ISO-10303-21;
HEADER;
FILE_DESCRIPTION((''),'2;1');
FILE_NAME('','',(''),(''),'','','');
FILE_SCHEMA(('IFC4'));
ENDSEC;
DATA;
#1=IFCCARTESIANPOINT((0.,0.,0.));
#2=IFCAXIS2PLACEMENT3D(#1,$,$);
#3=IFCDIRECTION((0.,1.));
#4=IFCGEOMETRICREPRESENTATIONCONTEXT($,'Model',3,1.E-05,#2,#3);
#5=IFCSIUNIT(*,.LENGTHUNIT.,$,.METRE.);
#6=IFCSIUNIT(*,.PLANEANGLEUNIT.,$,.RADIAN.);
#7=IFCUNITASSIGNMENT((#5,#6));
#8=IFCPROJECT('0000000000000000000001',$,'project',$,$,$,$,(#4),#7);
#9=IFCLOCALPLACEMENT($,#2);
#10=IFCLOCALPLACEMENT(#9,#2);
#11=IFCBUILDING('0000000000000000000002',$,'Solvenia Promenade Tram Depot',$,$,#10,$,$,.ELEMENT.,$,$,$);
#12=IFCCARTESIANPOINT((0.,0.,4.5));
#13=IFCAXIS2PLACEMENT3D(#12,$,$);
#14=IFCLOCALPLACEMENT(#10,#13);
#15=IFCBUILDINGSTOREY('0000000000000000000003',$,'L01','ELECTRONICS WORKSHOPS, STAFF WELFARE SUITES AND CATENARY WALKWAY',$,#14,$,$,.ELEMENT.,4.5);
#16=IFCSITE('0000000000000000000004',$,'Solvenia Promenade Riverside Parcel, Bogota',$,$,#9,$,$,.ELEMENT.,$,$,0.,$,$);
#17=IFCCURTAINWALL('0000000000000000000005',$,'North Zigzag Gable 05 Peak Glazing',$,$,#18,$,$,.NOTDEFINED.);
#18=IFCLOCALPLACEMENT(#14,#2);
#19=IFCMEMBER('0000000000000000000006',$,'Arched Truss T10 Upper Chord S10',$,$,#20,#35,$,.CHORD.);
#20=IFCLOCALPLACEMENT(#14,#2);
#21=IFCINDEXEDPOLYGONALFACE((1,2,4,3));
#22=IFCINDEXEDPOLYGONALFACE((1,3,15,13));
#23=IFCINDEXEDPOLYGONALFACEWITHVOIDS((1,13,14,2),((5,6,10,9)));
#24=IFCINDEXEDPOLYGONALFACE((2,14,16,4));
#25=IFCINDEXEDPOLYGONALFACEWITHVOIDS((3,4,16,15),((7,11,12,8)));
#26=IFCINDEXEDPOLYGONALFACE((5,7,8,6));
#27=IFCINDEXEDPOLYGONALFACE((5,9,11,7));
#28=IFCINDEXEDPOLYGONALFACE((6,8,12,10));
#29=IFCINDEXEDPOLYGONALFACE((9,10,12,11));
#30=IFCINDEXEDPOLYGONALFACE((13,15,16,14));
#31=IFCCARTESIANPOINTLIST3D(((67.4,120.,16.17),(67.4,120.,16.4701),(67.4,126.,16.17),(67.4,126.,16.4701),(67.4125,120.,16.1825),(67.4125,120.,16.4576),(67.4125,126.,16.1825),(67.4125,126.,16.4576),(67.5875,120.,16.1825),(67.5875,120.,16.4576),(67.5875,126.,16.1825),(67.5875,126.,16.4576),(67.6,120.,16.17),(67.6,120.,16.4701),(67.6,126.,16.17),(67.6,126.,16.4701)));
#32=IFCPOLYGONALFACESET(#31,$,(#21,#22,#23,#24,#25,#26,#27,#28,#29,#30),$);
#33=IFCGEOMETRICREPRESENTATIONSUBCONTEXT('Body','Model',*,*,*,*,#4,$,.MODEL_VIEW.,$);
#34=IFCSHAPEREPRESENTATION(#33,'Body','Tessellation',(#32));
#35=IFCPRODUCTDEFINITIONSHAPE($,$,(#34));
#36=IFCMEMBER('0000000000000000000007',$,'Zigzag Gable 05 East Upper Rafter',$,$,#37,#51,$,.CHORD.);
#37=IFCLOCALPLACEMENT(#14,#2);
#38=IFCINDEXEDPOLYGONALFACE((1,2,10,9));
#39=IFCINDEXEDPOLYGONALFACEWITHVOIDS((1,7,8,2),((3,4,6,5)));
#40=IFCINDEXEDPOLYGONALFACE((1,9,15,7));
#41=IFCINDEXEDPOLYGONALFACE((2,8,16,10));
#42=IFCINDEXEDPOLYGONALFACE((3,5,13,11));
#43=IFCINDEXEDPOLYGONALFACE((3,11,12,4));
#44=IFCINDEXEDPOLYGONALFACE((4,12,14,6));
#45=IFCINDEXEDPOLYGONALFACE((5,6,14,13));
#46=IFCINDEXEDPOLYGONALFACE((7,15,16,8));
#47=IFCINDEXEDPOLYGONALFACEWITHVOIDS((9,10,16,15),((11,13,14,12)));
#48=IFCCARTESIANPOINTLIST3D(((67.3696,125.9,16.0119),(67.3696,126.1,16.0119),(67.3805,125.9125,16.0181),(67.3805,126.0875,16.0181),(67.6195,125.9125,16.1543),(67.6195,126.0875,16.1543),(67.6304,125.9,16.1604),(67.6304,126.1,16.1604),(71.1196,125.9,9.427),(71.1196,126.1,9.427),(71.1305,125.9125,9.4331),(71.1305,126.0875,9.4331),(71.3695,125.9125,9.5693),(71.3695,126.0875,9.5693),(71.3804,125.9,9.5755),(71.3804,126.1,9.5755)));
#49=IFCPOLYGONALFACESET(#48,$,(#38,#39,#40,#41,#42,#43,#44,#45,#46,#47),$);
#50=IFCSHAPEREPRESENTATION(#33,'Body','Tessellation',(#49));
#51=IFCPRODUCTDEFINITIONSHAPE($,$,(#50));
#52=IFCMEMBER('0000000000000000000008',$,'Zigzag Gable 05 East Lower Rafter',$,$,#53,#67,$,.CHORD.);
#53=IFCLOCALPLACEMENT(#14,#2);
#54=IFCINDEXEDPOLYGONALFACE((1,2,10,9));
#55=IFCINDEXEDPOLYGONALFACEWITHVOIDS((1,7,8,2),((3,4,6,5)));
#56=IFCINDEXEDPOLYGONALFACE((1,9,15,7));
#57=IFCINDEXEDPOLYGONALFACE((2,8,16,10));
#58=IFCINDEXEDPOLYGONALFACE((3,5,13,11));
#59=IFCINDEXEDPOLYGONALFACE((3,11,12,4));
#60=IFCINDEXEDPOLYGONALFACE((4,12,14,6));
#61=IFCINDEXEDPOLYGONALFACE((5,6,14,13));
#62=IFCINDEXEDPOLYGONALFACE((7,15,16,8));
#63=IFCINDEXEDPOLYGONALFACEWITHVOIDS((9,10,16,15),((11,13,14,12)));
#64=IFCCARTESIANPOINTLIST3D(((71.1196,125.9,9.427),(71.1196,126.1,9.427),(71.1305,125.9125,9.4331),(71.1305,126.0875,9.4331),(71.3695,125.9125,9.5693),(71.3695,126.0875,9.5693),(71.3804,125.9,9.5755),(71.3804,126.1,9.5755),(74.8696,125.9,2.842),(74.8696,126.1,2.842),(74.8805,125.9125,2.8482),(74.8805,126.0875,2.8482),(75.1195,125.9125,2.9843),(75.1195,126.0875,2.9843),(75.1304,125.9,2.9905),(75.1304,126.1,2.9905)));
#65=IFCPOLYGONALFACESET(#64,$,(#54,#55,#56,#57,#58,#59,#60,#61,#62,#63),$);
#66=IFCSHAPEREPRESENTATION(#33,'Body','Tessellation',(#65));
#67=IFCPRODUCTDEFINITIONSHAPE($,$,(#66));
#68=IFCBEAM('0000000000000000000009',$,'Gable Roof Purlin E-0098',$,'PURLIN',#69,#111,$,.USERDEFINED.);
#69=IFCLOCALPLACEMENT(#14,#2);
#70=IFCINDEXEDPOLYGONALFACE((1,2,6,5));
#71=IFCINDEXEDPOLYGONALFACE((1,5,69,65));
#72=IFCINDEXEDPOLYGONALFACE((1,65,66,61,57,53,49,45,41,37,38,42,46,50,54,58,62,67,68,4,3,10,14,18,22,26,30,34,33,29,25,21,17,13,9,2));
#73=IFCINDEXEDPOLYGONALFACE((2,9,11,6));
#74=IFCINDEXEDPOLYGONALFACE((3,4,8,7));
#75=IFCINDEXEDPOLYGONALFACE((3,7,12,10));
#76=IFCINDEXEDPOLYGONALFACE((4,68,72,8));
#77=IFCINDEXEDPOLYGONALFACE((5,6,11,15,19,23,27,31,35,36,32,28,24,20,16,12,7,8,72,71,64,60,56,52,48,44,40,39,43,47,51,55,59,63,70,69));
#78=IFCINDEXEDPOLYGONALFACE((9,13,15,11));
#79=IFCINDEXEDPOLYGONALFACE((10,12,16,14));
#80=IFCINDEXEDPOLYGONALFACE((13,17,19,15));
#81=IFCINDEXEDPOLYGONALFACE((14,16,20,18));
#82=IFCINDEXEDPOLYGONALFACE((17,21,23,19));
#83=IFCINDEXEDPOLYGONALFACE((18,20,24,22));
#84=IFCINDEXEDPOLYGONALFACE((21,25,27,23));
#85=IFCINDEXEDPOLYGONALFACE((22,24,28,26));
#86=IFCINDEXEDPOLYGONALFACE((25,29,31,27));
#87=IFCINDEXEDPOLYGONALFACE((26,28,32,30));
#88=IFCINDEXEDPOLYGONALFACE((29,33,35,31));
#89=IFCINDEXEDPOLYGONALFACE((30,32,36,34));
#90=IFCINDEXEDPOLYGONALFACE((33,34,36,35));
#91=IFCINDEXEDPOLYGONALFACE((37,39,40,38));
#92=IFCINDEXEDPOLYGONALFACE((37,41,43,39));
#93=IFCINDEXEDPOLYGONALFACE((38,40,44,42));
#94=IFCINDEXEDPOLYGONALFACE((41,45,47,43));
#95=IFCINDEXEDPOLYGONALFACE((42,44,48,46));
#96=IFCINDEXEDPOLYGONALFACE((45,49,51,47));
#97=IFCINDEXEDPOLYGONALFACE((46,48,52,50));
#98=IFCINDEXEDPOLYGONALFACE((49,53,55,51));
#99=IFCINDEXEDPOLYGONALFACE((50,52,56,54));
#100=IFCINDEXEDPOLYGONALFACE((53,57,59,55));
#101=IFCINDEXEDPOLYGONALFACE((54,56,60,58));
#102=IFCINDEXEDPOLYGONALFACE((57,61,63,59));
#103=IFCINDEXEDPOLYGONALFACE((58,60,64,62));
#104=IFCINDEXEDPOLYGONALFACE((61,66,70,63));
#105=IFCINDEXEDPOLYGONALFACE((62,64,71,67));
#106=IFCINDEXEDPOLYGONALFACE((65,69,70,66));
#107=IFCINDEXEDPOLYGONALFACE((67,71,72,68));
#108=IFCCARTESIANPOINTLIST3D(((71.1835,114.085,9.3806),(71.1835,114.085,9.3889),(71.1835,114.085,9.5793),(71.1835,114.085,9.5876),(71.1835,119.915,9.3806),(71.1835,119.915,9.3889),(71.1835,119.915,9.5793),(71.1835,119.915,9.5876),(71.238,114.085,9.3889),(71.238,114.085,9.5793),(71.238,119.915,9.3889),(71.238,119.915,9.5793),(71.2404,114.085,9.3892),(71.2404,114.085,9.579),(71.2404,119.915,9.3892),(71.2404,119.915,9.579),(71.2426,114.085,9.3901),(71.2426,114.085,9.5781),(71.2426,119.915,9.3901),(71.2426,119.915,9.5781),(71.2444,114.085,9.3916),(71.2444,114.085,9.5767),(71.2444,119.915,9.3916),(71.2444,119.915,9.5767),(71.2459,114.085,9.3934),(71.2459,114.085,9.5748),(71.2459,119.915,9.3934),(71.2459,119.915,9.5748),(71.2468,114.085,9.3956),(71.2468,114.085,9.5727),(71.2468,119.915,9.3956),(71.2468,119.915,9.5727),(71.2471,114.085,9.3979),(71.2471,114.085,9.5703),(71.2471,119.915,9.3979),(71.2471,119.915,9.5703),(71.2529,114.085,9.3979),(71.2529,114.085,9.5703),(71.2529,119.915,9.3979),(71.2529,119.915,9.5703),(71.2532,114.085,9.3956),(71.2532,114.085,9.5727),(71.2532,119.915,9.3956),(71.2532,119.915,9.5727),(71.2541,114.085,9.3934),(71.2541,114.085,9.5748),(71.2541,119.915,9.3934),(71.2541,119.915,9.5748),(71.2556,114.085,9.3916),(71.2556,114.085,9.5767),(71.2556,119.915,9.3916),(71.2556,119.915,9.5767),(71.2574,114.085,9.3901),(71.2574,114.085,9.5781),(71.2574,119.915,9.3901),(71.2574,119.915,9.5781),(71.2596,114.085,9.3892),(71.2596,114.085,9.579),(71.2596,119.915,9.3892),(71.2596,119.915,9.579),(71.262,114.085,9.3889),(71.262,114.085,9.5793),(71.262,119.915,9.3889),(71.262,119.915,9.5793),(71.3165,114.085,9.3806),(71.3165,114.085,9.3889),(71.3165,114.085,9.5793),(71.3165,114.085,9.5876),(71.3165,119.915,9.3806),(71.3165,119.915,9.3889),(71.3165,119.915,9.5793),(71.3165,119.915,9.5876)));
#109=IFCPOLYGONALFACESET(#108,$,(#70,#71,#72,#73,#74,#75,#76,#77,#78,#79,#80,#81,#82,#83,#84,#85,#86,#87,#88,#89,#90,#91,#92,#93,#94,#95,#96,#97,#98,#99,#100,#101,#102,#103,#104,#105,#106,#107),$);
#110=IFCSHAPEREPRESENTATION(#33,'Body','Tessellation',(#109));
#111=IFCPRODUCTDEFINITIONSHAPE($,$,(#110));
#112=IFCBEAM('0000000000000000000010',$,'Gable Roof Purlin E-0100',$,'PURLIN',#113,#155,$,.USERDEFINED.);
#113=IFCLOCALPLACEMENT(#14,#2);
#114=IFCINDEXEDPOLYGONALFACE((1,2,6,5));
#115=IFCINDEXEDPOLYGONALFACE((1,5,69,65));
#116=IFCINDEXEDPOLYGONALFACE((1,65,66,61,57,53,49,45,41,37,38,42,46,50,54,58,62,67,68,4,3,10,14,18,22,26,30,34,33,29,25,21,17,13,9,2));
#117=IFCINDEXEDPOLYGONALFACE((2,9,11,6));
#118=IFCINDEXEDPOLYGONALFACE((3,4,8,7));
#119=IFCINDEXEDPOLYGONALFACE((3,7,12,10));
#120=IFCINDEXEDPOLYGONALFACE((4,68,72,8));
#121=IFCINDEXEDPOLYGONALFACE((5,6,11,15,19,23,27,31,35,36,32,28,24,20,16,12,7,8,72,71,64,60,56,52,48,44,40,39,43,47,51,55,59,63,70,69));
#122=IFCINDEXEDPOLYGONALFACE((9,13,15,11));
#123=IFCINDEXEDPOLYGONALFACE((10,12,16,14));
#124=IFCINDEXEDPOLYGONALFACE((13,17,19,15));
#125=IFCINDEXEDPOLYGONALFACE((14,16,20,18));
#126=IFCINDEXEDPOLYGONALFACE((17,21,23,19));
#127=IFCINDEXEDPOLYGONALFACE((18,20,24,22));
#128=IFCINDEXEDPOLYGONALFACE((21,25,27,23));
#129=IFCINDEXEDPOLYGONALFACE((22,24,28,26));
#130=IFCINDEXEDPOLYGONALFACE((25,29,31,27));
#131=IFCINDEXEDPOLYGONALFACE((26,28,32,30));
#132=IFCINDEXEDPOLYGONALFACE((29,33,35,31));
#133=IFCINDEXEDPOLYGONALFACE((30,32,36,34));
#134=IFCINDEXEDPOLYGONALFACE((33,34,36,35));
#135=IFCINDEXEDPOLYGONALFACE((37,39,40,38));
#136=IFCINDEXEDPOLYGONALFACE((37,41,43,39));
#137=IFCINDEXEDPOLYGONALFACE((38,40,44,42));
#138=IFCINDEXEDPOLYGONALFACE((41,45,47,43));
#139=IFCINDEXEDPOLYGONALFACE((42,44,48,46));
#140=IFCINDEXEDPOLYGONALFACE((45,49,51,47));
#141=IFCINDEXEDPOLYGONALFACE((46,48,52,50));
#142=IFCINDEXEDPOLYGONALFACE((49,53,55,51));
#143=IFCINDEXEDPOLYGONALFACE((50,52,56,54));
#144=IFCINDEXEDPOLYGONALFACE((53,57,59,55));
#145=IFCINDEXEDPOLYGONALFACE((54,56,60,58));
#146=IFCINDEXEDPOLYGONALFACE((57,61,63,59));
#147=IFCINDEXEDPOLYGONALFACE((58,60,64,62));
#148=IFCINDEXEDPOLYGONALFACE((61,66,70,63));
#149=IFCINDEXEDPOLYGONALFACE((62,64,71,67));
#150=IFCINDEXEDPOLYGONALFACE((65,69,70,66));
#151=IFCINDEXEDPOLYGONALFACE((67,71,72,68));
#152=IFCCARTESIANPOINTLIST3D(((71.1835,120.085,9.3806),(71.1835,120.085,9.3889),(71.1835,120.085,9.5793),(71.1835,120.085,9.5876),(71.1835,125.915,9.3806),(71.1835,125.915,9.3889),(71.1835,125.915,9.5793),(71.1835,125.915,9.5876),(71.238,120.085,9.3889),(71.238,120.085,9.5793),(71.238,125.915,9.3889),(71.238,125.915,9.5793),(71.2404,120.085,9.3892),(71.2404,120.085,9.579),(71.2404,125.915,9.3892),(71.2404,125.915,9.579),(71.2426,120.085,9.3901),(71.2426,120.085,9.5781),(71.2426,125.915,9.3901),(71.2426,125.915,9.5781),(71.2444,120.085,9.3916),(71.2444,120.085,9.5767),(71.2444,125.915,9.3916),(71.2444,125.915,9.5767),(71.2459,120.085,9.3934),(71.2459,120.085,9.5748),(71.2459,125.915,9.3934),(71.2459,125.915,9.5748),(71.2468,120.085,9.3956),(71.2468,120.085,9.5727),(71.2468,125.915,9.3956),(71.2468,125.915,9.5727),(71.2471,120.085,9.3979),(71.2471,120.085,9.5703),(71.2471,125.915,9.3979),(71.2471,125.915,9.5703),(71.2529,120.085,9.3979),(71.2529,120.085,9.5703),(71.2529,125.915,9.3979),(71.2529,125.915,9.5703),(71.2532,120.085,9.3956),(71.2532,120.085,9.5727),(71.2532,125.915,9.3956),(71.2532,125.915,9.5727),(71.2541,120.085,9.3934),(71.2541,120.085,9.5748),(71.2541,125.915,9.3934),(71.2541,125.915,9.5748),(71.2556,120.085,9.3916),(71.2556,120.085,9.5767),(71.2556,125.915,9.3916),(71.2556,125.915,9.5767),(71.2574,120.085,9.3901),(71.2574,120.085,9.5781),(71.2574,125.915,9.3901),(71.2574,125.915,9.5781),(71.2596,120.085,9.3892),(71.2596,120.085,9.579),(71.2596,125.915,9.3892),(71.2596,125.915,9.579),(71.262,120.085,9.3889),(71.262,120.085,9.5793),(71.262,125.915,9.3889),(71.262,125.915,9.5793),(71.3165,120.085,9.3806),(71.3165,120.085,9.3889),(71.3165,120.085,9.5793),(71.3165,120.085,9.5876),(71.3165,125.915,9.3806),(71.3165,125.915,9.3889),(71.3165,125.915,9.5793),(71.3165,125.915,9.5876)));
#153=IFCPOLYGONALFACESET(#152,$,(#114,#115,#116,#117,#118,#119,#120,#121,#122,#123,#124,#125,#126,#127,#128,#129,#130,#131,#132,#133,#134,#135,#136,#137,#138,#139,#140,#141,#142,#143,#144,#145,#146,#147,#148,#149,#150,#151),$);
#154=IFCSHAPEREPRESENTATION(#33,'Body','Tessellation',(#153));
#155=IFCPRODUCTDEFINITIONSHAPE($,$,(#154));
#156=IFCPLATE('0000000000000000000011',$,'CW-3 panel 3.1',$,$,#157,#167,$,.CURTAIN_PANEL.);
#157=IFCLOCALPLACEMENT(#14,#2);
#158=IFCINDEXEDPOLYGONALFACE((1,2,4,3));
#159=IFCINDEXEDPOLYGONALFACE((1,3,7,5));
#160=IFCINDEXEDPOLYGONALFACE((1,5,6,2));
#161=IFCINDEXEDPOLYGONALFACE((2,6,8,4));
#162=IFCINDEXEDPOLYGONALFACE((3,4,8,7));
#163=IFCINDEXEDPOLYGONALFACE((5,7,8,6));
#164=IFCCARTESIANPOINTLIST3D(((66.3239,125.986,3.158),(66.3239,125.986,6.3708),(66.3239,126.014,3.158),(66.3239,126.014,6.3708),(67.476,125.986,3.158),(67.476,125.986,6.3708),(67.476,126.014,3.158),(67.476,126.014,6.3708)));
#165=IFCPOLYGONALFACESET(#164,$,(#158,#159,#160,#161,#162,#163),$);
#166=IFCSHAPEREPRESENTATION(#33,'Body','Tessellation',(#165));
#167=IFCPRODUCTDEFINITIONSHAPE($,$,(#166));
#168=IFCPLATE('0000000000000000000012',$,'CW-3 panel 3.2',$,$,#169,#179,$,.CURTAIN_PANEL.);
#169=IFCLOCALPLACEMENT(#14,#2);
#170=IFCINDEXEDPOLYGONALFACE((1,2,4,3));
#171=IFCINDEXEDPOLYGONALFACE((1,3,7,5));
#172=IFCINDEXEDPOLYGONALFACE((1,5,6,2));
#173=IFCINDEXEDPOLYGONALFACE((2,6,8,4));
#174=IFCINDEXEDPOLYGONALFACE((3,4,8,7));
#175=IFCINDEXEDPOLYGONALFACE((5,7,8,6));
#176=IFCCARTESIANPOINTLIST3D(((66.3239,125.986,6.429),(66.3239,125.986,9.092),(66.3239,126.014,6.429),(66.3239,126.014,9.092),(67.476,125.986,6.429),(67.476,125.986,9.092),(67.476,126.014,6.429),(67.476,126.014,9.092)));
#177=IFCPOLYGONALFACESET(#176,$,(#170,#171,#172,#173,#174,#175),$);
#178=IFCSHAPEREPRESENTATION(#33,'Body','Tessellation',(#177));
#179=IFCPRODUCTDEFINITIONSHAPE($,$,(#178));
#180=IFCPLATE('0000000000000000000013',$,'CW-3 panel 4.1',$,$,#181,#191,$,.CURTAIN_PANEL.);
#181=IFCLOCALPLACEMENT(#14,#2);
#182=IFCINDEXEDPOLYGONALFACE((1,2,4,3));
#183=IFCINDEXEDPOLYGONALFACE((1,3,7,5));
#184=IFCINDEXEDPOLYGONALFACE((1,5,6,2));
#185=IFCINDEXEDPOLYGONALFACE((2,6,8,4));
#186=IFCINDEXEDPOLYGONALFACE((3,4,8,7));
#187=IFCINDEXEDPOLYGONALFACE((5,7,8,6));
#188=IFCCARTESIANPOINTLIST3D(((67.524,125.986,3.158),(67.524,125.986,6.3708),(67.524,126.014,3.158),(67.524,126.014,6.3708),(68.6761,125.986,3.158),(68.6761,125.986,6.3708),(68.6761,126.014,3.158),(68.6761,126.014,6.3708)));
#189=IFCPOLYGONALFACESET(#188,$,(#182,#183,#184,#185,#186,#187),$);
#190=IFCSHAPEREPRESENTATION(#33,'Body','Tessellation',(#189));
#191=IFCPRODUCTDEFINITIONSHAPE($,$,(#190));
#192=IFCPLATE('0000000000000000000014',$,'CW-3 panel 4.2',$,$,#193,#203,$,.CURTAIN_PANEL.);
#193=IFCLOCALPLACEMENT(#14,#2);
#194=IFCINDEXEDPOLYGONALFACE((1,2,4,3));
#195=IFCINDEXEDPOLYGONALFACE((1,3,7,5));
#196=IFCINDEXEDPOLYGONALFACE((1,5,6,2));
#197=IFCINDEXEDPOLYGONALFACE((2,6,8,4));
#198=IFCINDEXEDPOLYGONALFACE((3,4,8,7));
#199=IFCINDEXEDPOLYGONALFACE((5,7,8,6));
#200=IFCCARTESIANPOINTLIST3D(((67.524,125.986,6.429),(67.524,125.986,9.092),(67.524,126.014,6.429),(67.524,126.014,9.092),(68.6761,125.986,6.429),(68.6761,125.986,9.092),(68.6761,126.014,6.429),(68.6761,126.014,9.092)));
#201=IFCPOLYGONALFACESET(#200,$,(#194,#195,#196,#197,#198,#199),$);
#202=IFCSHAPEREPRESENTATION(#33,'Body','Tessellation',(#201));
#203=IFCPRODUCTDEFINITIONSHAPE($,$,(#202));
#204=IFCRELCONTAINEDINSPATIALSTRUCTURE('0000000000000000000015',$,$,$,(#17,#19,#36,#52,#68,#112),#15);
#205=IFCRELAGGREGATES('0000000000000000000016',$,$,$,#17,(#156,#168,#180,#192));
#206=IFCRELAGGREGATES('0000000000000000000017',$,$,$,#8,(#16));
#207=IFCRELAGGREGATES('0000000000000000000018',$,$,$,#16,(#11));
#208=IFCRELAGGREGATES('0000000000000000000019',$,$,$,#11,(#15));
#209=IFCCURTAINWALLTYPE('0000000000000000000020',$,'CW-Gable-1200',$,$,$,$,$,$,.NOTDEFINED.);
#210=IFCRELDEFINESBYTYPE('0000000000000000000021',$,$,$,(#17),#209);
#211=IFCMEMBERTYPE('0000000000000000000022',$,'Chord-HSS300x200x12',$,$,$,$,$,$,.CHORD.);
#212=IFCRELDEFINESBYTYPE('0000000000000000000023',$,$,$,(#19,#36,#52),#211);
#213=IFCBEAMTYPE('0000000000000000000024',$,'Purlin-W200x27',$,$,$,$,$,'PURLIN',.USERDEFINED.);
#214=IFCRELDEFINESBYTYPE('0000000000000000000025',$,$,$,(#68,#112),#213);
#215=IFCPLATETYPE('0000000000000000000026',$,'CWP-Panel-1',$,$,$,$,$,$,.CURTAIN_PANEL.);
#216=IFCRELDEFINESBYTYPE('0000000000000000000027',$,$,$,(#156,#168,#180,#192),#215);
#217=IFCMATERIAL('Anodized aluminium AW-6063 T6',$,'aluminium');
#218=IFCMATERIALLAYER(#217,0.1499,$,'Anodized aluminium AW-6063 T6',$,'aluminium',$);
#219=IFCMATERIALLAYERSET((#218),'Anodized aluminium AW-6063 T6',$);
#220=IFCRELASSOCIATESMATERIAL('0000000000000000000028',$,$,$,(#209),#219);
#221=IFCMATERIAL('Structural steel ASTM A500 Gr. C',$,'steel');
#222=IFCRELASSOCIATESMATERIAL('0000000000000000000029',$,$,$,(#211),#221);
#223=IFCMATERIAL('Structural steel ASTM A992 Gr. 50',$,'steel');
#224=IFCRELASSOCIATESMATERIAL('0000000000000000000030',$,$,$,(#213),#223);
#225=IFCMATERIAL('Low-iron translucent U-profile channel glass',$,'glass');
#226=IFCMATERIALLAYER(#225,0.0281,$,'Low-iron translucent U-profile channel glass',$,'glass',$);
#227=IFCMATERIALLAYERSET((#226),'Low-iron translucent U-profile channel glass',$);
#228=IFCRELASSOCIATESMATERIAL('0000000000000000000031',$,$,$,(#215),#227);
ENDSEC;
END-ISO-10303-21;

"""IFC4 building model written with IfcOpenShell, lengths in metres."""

from ifc_helpers import new_model, si_unit, direction, frame, origin, origin_2d, place, context, subcontext, project, spatial, rectangle, hollow_rectangle, i_section, extrude, material, layer, layer_set, material_profile, profile_set, type_object, element, aggregate, save


model = new_model("IFC4")

# Units and contexts
model_context = context("Model", 3, precision=1e-05, world=origin(), true_north=direction((0.0, 1.0)))
body_context = subcontext(model_context, "Body", "Model", "MODEL_VIEW")
ifc_project = project(units=[si_unit("LENGTHUNIT", "METRE"), si_unit("PLANEANGLEUNIT", "RADIAN")], contexts=[model_context])

# Site, building, storey
site_placement = place(None, origin())
site = spatial("IfcSite", under=ifc_project, at=site_placement, Name="Solvenia Promenade Riverside Parcel, Bogota", CompositionType="ELEMENT", RefElevation=0.0)
building_placement = place(site_placement, origin())
building = spatial("IfcBuilding", under=site, at=building_placement, Name="Solvenia Promenade Tram Depot", CompositionType="ELEMENT")
storey_placement = place(building_placement, frame((0.0, 0.0, 4.5)))
storey = spatial("IfcBuildingStorey", under=building, at=storey_placement, Name="L01", Description="ELECTRONICS WORKSHOPS, STAFF WELFARE SUITES AND CATENARY WALKWAY", CompositionType="ELEMENT", Elevation=4.5)

# Curtain wall
ifc_material_1 = material(Name="Anodized aluminium AW-6063 T6", Category="aluminium")
ifc_layer_1 = layer(ifc_material_1, 0.1499, Name="Anodized aluminium AW-6063 T6", Category="aluminium")
ifc_layer_set_1 = layer_set([ifc_layer_1], Name="Anodized aluminium AW-6063 T6")
curtain_wall_type = type_object("IfcCurtainWallType", Name="CW-Gable-1200", PredefinedType="NOTDEFINED", material=ifc_layer_set_1)
curtain_wall_placement = place(storey_placement, origin())
curtain_wall = element("IfcCurtainWall", 1, at=curtain_wall_placement, inside=storey, type_object=curtain_wall_type, Name="North Zigzag Gable 05 Peak Glazing", PredefinedType="NOTDEFINED")

# Members
ifc_material_2 = material(Name="Structural steel ASTM A500 Gr. C", Category="steel")
ifc_material_profile_1 = material_profile(ifc_material_2, hollow_rectangle(XDim=0.2, YDim=0.3, WallThickness=0.0125, at=origin_2d()), Name="HSS300x200x12.5", Category="steel")
ifc_profile_set_1 = profile_set([ifc_material_profile_1], Name="Structural steel ASTM A500 Gr. C")
member_type_1 = type_object("IfcMemberType", Name="Chord-HSS300x200x12", PredefinedType="CHORD", material=ifc_profile_set_1)
member_1_placement = place(storey_placement, frame((67.5, 120.0, 16.3201), z_axis=(0.0, 1.0, 0.0), x_axis=(-1.0, 0.0, 0.0)))
element("IfcMember", 2, at=member_1_placement, inside=storey, type_object=member_type_1, Name="Arched Truss T10 Upper Chord S10", PredefinedType="CHORD", context=body_context, shape_type="SweptSolid", body=[
    extrude(hollow_rectangle(XDim=0.2, YDim=0.3, WallThickness=0.0125, at=origin_2d()), origin(), (0.0, 0.0, 1.0), 6.0),
])
for number, where, z_axis, x_axis, name in (
    (3, (67.5, 126.0, 16.0862), (0.494862, 0.0, -0.868972), (0.0, 1.0, 0.0), "Zigzag Gable 05 East Upper Rafter"),
    (4, (71.25, 126.0, 9.5012), (0.494862, 0.0, -0.868972), (0.0, 1.0, 0.0), "Zigzag Gable 05 East Lower Rafter"),
):
    element("IfcMember", number, at=place(storey_placement, frame(where, z_axis=z_axis, x_axis=x_axis)), inside=storey, type_object=member_type_1, Name=name, PredefinedType="CHORD", context=body_context, shape_type="SweptSolid", body=[
        extrude(hollow_rectangle(XDim=0.2, YDim=0.3, WallThickness=0.0125, at=origin_2d()), origin(), (0.0, 0.0, 1.0), 7.5779),
    ])

# Beams
ifc_material_3 = material(Name="Structural steel ASTM A992 Gr. 50", Category="steel")
ifc_material_profile_2 = material_profile(ifc_material_3, i_section(OverallWidth=0.1331, OverallDepth=0.207, WebThickness=0.0059, FlangeThickness=0.0083, FilletRadius=0.009, at=origin_2d()), Name="W200x27", Category="steel")
ifc_profile_set_2 = profile_set([ifc_material_profile_2], Name="Structural steel ASTM A992 Gr. 50")
beam_type = type_object("IfcBeamType", Name="Purlin-W200x27", ElementType="PURLIN", PredefinedType="USERDEFINED", material=ifc_profile_set_2)
for number, where, z_axis, x_axis, name in (
    (5, (71.25, 114.085, 9.4841), (0.0, 1.0, 0.0), (-1.0, 0.0, 0.0), "Gable Roof Purlin E-0098"),
    (6, (71.25, 120.085, 9.4841), (0.0, 1.0, 0.0), (-1.0, 0.0, 0.0), "Gable Roof Purlin E-0100"),
):
    element("IfcBeam", number, at=place(storey_placement, frame(where, z_axis=z_axis, x_axis=x_axis)), inside=storey, type_object=beam_type, Name=name, ObjectType="PURLIN", PredefinedType="USERDEFINED", context=body_context, shape_type="SweptSolid", body=[
        extrude(i_section(OverallWidth=0.1331, OverallDepth=0.207, WebThickness=0.0059, FlangeThickness=0.0083, FilletRadius=0.009, at=origin_2d()), origin(), (0.0, 0.0, 1.0), 5.8301),
    ])

# Plates
ifc_material_4 = material(Name="Low-iron translucent U-profile channel glass", Category="glass")
ifc_layer_2 = layer(ifc_material_4, 0.0281, Name="Low-iron translucent U-profile channel glass", Category="glass")
ifc_layer_set_2 = layer_set([ifc_layer_2], Name="Low-iron translucent U-profile channel glass")
plate_type_1 = type_object("IfcPlateType", Name="CWP-Panel-1", PredefinedType="CURTAIN_PANEL", material=ifc_layer_set_2)
plate_1_placement = place(storey_placement, frame((66.8999, 126.0, 3.158), z_axis=(0.0, 0.0, 1.0), x_axis=(1.0, 0.0, 0.0)))
plate_1 = element("IfcPlate", 7, at=plate_1_placement, type_object=plate_type_1, Name="CW-3 panel 3.1", PredefinedType="CURTAIN_PANEL", context=body_context, shape_type="SweptSolid", body=[
    extrude(rectangle(XDim=1.1521, YDim=0.0281, at=origin_2d()), origin(), (0.0, 0.0, 1.0), 3.2129),
])
plate_2_placement = place(storey_placement, frame((66.8999, 126.0, 6.429), z_axis=(0.0, 0.0, 1.0), x_axis=(1.0, 0.0, 0.0)))
plate_2 = element("IfcPlate", 8, at=plate_2_placement, type_object=plate_type_1, Name="CW-3 panel 3.2", PredefinedType="CURTAIN_PANEL", context=body_context, shape_type="SweptSolid", body=[
    extrude(rectangle(XDim=1.1521, YDim=0.0281, at=origin_2d()), origin(), (0.0, 0.0, 1.0), 2.6631),
])
plate_3_placement = place(storey_placement, frame((68.1001, 126.0, 3.158), z_axis=(0.0, 0.0, 1.0), x_axis=(1.0, 0.0, 0.0)))
plate_3 = element("IfcPlate", 9, at=plate_3_placement, type_object=plate_type_1, Name="CW-3 panel 4.1", PredefinedType="CURTAIN_PANEL", context=body_context, shape_type="SweptSolid", body=[
    extrude(rectangle(XDim=1.1521, YDim=0.0281, at=origin_2d()), origin(), (0.0, 0.0, 1.0), 3.2129),
])
plate_4_placement = place(storey_placement, frame((68.1001, 126.0, 6.429), z_axis=(0.0, 0.0, 1.0), x_axis=(1.0, 0.0, 0.0)))
plate_4 = element("IfcPlate", 10, at=plate_4_placement, type_object=plate_type_1, Name="CW-3 panel 4.2", PredefinedType="CURTAIN_PANEL", context=body_context, shape_type="SweptSolid", body=[
    extrude(rectangle(XDim=1.1521, YDim=0.0281, at=origin_2d()), origin(), (0.0, 0.0, 1.0), 2.6631),
])
aggregate(curtain_wall, [plate_1, plate_2, plate_3, plate_4])

save(model, "model.ifc")
